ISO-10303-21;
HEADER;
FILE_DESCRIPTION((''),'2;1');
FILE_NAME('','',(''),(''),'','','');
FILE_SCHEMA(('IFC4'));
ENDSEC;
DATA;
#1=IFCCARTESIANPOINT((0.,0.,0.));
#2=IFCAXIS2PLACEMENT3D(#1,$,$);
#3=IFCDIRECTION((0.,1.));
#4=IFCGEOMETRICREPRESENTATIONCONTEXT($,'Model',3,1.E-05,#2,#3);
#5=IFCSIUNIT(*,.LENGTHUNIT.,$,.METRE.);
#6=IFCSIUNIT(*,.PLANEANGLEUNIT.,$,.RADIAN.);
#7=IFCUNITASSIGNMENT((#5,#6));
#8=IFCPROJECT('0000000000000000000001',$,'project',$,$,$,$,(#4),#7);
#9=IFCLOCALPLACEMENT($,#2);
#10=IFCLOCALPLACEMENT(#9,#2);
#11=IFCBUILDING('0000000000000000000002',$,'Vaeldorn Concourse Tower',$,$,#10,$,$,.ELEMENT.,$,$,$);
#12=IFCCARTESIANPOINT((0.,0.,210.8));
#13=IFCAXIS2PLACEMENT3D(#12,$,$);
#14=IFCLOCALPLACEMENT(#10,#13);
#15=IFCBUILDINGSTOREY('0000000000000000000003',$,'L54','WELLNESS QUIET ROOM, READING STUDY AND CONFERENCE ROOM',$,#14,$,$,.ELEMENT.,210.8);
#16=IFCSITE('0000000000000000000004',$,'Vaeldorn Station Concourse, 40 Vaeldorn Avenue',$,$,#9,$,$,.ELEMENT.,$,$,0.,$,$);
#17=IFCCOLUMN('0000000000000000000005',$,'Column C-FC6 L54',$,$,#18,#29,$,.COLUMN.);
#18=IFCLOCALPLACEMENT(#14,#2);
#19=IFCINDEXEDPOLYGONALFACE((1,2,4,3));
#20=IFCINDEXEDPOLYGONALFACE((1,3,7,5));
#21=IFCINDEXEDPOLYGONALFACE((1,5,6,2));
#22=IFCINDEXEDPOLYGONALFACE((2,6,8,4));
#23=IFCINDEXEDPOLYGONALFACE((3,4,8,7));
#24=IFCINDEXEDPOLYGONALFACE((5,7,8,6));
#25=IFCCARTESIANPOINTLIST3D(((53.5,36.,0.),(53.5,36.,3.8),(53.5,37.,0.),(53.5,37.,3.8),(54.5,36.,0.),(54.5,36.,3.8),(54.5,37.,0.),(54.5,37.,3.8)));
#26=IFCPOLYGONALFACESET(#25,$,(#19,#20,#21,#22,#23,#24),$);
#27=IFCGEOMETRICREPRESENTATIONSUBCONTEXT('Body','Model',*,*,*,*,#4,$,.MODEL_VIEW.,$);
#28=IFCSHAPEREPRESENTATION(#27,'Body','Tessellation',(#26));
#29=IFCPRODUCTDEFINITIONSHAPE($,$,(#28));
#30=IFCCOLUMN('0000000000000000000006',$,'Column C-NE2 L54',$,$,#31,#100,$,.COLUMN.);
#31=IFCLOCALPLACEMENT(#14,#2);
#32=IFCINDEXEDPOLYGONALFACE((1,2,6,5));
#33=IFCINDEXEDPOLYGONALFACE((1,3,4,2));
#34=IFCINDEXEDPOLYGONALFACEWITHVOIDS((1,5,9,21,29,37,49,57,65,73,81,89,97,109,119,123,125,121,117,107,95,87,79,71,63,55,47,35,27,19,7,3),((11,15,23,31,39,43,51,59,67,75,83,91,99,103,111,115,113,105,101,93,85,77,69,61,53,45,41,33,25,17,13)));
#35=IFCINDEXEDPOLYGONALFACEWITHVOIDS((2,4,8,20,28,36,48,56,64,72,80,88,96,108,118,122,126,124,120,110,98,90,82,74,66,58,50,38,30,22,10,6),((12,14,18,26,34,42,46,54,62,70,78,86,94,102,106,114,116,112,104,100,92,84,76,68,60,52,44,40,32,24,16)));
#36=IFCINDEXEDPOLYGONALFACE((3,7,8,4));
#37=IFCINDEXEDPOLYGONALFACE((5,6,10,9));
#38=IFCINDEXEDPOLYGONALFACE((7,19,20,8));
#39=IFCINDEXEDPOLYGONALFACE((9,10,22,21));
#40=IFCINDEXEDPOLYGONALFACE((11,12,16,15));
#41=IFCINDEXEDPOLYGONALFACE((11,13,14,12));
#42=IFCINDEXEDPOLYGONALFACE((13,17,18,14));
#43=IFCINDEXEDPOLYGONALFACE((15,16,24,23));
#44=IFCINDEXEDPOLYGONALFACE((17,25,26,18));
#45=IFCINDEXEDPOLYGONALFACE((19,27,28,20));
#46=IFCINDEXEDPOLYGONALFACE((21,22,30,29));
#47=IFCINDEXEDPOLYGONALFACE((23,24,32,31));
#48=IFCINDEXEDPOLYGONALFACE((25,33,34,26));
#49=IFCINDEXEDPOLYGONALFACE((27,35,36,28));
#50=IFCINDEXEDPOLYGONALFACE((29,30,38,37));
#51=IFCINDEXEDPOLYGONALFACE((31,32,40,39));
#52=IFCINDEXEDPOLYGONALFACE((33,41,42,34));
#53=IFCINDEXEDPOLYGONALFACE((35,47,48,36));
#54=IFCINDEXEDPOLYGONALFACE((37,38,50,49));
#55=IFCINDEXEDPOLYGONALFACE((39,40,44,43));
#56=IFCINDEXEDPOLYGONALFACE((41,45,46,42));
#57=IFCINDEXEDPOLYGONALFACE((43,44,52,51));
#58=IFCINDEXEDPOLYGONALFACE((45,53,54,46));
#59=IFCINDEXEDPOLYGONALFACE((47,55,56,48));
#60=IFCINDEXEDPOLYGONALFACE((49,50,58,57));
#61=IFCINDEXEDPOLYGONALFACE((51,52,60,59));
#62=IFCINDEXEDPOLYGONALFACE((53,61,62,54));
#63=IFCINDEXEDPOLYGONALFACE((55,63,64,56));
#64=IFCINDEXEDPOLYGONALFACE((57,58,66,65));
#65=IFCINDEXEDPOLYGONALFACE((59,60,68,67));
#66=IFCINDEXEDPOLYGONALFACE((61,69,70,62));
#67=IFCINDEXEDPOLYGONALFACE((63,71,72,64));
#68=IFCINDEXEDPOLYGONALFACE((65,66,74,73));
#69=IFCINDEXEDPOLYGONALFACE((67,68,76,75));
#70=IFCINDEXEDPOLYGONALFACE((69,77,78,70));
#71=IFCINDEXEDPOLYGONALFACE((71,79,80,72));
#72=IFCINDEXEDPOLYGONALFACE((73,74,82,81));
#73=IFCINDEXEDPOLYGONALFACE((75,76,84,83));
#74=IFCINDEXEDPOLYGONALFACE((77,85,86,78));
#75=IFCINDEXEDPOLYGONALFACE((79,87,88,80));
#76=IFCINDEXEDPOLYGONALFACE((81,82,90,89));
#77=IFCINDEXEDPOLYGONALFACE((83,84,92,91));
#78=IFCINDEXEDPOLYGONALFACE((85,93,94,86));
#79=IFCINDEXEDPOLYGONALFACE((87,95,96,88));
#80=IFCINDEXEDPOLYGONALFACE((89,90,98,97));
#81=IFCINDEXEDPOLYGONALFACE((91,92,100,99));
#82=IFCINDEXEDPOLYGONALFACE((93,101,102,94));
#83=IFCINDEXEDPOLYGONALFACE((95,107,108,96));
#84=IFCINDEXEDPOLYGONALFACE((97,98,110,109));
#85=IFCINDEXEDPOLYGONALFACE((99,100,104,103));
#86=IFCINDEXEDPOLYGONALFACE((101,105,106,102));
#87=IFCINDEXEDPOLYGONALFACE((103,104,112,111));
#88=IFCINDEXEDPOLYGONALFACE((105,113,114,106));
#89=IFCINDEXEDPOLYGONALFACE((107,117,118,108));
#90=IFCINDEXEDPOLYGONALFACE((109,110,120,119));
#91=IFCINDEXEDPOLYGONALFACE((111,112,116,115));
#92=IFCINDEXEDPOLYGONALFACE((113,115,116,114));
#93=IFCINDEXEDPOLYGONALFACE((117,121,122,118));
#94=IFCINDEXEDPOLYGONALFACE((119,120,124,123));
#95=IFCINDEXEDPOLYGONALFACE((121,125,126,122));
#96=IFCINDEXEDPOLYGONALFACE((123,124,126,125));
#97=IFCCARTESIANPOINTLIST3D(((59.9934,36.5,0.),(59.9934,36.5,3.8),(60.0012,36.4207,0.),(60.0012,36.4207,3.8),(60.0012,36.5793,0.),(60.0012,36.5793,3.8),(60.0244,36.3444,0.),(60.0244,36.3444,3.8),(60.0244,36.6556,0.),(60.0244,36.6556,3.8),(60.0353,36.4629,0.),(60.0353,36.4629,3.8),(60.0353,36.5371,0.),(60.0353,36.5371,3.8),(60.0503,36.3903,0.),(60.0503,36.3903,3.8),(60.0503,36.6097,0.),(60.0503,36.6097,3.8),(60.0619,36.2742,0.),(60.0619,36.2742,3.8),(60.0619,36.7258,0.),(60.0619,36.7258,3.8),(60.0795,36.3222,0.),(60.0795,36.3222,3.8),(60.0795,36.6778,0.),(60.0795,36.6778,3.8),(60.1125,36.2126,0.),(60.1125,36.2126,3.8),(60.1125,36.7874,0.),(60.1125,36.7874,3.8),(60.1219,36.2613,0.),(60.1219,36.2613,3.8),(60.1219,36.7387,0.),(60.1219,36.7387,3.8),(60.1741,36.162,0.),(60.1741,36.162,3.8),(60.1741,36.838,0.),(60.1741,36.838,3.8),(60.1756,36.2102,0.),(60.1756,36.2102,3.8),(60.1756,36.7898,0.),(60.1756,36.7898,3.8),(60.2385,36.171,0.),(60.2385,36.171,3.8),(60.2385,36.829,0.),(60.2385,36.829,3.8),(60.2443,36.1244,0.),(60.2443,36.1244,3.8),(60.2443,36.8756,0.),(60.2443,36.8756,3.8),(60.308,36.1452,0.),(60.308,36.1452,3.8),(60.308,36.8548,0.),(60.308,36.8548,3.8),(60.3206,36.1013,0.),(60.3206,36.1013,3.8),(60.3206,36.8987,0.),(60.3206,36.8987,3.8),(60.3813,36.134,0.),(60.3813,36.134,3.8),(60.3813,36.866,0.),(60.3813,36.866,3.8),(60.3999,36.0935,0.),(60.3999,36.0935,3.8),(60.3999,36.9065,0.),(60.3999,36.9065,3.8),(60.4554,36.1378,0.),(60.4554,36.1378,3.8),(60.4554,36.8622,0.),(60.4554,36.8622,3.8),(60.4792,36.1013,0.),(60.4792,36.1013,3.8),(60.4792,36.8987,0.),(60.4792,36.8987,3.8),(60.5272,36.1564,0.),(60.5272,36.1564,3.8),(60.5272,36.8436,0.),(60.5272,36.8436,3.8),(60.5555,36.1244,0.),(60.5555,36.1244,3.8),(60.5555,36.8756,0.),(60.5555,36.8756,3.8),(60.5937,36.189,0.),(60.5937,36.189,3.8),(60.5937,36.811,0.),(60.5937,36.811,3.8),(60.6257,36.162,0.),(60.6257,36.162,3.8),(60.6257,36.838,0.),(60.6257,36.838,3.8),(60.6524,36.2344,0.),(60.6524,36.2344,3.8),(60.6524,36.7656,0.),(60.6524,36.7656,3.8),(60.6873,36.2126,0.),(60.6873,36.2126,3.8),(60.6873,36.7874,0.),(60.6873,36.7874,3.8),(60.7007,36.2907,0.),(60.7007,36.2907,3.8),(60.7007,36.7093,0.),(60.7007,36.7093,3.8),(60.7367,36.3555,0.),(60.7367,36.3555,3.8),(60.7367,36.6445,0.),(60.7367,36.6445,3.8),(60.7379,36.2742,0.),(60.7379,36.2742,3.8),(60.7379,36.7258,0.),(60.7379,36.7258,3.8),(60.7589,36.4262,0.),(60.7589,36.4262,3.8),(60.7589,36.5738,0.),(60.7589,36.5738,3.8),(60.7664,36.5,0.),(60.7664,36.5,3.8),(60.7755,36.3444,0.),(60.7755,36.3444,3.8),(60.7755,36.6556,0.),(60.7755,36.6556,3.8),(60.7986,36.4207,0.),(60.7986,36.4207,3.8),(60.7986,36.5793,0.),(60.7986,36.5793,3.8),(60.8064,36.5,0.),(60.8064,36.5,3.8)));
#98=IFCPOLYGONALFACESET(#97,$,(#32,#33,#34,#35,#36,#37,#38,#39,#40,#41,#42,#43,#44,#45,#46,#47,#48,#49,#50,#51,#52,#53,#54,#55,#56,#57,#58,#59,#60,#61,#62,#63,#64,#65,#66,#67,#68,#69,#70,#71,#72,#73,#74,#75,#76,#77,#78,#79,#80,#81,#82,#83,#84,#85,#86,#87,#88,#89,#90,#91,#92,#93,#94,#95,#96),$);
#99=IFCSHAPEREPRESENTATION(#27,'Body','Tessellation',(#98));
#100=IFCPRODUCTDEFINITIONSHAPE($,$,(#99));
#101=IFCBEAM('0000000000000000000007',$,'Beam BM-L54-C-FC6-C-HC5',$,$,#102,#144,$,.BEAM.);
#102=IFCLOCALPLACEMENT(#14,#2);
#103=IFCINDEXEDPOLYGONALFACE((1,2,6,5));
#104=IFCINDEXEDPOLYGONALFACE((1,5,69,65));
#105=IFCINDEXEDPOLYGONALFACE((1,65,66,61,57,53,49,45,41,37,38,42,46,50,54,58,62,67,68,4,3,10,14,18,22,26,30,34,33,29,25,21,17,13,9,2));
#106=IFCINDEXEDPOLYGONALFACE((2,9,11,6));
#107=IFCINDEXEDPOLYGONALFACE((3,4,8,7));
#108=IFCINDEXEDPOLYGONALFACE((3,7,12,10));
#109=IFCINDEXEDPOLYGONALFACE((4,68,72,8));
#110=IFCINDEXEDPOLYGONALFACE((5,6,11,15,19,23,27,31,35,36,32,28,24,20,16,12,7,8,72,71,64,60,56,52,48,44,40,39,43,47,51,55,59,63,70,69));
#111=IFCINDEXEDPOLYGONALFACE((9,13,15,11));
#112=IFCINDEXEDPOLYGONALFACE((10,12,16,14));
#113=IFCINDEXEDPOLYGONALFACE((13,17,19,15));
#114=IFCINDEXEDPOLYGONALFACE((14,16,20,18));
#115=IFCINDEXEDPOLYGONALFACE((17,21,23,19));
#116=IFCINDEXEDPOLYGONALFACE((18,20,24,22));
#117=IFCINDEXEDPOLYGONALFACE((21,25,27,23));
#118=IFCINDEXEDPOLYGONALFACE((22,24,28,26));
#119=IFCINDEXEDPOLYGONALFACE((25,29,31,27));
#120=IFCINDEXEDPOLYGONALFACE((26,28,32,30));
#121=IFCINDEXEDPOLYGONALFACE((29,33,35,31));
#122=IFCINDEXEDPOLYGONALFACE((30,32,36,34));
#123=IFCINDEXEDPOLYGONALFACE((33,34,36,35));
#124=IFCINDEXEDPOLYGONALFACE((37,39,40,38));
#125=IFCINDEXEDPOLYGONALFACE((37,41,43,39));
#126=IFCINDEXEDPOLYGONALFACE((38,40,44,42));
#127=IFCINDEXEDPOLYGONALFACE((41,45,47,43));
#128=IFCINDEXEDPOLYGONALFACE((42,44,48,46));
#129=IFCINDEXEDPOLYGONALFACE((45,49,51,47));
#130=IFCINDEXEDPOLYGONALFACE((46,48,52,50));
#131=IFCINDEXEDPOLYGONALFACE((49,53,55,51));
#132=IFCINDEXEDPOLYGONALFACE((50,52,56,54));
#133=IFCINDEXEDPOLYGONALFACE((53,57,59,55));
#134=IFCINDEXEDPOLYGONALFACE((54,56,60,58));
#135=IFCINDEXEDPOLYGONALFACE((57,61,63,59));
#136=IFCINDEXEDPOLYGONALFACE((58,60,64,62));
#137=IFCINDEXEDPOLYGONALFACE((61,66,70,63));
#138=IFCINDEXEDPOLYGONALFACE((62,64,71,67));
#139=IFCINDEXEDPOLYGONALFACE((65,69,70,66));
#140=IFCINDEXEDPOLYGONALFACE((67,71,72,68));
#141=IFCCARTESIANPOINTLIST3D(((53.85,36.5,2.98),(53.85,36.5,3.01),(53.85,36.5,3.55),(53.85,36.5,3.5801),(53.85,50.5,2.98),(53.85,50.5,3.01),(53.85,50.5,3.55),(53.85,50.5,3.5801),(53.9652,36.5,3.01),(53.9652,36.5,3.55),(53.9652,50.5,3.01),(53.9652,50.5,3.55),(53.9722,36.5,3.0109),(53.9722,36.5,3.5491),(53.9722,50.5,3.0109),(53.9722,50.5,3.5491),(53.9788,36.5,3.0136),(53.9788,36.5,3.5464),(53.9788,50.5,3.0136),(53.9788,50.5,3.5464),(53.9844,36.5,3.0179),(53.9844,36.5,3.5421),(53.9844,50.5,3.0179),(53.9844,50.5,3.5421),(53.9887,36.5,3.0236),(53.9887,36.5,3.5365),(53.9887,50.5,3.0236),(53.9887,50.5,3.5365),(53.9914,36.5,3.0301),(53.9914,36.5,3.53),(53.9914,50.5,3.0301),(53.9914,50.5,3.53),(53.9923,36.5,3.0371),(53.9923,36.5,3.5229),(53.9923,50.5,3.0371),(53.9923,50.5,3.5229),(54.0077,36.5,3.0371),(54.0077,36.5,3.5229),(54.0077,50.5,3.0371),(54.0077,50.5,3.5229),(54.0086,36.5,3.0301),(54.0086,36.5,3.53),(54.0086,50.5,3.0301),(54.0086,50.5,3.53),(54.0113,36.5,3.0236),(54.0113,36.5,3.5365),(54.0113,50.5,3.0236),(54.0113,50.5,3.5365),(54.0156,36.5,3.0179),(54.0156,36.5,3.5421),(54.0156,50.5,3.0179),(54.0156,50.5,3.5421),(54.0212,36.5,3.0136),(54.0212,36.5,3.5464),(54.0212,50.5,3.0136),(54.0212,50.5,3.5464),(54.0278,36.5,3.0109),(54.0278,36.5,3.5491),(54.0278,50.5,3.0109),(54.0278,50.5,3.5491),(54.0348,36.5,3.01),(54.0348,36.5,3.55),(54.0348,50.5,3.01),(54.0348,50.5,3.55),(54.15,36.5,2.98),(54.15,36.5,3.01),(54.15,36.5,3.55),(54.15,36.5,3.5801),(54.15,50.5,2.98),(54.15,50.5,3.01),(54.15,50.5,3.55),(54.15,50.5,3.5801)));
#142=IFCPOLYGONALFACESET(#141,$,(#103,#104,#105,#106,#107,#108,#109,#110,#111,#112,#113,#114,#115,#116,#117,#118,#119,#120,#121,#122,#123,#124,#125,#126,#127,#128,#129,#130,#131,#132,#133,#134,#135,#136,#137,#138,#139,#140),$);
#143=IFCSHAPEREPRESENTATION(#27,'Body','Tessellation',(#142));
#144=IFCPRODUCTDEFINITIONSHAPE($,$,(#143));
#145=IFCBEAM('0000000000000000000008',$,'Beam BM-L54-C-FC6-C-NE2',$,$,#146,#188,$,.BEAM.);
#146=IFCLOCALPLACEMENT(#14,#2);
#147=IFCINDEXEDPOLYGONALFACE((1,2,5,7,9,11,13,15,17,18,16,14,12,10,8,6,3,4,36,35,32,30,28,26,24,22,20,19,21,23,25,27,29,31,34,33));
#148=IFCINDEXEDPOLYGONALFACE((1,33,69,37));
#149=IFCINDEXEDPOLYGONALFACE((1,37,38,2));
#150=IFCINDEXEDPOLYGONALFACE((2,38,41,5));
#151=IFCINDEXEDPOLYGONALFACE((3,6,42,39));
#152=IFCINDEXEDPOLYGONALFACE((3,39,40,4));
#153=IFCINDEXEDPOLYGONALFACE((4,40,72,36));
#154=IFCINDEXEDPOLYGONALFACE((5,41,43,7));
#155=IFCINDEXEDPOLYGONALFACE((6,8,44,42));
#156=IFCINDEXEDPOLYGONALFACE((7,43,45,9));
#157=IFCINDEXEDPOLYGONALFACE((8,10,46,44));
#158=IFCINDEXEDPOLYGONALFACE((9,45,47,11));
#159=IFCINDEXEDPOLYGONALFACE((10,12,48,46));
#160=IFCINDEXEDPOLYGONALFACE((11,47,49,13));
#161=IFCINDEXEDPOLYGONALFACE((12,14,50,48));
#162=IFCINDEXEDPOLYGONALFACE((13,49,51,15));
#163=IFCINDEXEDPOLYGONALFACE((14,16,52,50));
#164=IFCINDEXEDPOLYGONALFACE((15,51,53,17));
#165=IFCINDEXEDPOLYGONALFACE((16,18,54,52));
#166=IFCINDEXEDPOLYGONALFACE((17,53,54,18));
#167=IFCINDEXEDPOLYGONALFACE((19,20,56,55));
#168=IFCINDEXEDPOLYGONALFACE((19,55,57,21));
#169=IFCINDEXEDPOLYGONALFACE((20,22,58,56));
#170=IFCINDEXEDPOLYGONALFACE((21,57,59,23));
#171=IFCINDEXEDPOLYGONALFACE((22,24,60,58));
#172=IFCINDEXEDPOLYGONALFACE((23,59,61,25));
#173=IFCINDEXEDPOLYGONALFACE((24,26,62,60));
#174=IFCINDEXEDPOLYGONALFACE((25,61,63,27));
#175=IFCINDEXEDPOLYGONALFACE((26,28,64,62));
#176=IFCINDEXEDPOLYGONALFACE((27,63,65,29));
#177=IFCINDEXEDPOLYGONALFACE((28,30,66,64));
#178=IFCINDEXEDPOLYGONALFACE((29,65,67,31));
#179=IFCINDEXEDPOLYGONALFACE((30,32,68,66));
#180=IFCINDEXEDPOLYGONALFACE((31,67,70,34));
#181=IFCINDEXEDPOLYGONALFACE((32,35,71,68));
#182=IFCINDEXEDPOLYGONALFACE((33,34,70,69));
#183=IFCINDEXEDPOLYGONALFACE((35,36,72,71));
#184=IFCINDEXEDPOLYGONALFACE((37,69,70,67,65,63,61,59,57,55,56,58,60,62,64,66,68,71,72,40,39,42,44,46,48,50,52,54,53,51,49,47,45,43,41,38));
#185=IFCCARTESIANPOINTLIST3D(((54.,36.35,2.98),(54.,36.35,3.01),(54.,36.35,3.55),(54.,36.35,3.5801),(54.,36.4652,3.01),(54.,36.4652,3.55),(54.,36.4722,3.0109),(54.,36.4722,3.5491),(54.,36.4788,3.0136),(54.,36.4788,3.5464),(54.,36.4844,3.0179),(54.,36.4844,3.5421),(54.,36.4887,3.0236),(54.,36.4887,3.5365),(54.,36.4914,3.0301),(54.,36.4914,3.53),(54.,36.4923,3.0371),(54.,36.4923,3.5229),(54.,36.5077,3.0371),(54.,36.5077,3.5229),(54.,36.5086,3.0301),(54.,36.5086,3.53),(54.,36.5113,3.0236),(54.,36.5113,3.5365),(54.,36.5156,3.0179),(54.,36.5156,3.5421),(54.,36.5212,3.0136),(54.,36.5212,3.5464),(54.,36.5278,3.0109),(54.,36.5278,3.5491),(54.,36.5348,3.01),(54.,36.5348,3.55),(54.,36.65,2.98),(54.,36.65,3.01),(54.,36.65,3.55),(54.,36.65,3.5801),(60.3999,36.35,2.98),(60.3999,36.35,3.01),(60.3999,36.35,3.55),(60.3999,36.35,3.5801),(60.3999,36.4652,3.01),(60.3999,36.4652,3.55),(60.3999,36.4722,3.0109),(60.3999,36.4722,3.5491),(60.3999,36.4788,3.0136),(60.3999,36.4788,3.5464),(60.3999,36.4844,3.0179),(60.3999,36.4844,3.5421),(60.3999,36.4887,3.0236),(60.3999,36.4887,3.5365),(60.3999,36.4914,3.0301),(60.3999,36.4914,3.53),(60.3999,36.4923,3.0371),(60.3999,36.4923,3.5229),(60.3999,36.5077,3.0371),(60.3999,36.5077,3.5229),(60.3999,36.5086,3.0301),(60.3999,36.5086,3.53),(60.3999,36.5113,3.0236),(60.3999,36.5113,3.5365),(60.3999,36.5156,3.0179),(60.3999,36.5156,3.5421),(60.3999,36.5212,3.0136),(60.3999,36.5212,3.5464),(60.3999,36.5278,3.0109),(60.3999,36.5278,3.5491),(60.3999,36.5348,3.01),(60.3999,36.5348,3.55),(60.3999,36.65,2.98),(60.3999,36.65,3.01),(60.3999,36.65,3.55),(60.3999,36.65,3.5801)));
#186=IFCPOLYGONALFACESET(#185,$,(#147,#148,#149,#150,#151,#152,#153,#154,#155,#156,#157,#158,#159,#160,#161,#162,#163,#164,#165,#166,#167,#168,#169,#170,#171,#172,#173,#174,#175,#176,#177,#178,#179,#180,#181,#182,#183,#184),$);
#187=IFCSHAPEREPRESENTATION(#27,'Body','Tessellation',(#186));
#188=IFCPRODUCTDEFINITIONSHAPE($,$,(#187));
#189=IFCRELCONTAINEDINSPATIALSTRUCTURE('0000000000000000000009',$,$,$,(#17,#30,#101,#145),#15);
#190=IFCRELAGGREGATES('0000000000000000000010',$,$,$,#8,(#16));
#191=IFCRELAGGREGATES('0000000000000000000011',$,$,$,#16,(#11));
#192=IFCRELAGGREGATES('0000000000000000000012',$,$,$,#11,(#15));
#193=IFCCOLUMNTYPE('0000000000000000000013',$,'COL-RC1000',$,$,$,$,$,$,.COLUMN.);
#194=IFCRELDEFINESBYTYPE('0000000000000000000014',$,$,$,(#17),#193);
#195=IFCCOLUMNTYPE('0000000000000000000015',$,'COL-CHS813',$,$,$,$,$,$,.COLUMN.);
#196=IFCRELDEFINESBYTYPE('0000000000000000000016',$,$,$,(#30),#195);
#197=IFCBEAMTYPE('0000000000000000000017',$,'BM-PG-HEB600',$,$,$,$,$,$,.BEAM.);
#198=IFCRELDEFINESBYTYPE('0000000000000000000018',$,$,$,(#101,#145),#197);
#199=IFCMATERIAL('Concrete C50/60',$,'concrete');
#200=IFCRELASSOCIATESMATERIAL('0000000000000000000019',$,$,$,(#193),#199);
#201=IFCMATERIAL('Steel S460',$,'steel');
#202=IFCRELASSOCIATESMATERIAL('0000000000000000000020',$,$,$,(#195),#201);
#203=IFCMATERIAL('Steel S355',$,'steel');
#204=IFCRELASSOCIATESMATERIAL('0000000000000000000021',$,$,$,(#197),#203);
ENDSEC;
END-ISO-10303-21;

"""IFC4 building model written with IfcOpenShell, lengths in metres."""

from ifc_helpers import new_model, si_unit, direction, frame, origin, origin_2d, place, context, subcontext, project, spatial, rectangle, hollow_circle, i_section, extrude, source, transform, mapped, material, material_profile, profile_set, type_object, element, save


model = new_model("IFC4")

# Units and contexts
model_context = context("Model", 3, precision=1e-05, world=origin(), true_north=direction((0.0, 1.0)))
body_context = subcontext(model_context, "Body", "Model", "MODEL_VIEW")
ifc_project = project(units=[si_unit("LENGTHUNIT", "METRE"), si_unit("PLANEANGLEUNIT", "RADIAN")], contexts=[model_context])

# Site, building, storey
site_placement = place(None, origin())
site = spatial("IfcSite", under=ifc_project, at=site_placement, Name="Vaeldorn Station Concourse, 40 Vaeldorn Avenue", CompositionType="ELEMENT", RefElevation=0.0)
building_placement = place(site_placement, origin())
building = spatial("IfcBuilding", under=site, at=building_placement, Name="Vaeldorn Concourse Tower", CompositionType="ELEMENT")
storey_placement = place(building_placement, frame((0.0, 0.0, 210.8)))
storey = spatial("IfcBuildingStorey", under=building, at=storey_placement, Name="L54", Description="WELLNESS QUIET ROOM, READING STUDY AND CONFERENCE ROOM", CompositionType="ELEMENT", Elevation=210.8)

# Columns
ifc_material_1 = material(Name="Concrete C50/60", Category="concrete")
ifc_material_profile_1 = material_profile(ifc_material_1, rectangle(XDim=1.0, YDim=1.0, at=origin_2d()), Name="RC 1000x1000")
ifc_profile_set_1 = profile_set([ifc_material_profile_1], Name="Concrete C50/60")
column_type_1 = type_object("IfcColumnType", Name="COL-RC1000", PredefinedType="COLUMN", material=ifc_profile_set_1)
shared_shape_1 = source(origin(), body_context, "Body", "SweptSolid", [
    extrude(rectangle(XDim=1.0, YDim=1.0, at=origin_2d()), origin(), (0.0, 0.0, 1.0), 3.8),
])
column_1_placement = place(storey_placement, frame((54.0, 36.5, 0.0), z_axis=(0.0, 0.0, 1.0), x_axis=(1.0, 0.0, 0.0)))
element("IfcColumn", 1, at=column_1_placement, inside=storey, type_object=column_type_1, Name="Column C-FC6 L54", PredefinedType="COLUMN", context=body_context, shape_type="MappedRepresentation", body=[
    mapped(shared_shape_1, transform((0.0, 0.0, 0.0), scale=1.0)),
])
ifc_material_2 = material(Name="Steel S460", Category="steel")
ifc_material_profile_2 = material_profile(ifc_material_2, hollow_circle(Radius=0.4065, WallThickness=0.04, at=origin_2d()), Name="CHS 813x40")
ifc_profile_set_2 = profile_set([ifc_material_profile_2], Name="Steel S460")
column_type_2 = type_object("IfcColumnType", Name="COL-CHS813", PredefinedType="COLUMN", material=ifc_profile_set_2)
shared_shape_2 = source(origin(), body_context, "Body", "SweptSolid", [
    extrude(hollow_circle(Radius=0.4065, WallThickness=0.04, at=origin_2d()), origin(), (0.0, 0.0, 1.0), 3.8),
])
column_2_placement = place(storey_placement, frame((60.3999, 36.5, 0.0), z_axis=(0.0, 0.0, 1.0), x_axis=(1.0, 0.0, 0.0)))
element("IfcColumn", 2, at=column_2_placement, inside=storey, type_object=column_type_2, Name="Column C-NE2 L54", PredefinedType="COLUMN", context=body_context, shape_type="MappedRepresentation", body=[
    mapped(shared_shape_2, transform((0.0, 0.0, 0.0), scale=1.0)),
])

# Beams
ifc_material_3 = material(Name="Steel S355", Category="steel")
ifc_material_profile_3 = material_profile(ifc_material_3, i_section(OverallWidth=0.3, OverallDepth=0.6001, WebThickness=0.0154, FlangeThickness=0.03, FilletRadius=0.0271, at=origin_2d()), Name="HEB 600")
ifc_profile_set_3 = profile_set([ifc_material_profile_3], Name="Steel S355")
beam_type_1 = type_object("IfcBeamType", Name="BM-PG-HEB600", PredefinedType="BEAM", material=ifc_profile_set_3)
shared_shape_3 = source(origin(), body_context, "Body", "SweptSolid", [
    extrude(i_section(OverallWidth=0.3, OverallDepth=0.6001, WebThickness=0.0154, FlangeThickness=0.03, FilletRadius=0.0271, at=origin_2d()), origin(), (0.0, 0.0, 1.0), 14.0),
])
beam_1_placement = place(storey_placement, frame((54.0, 36.5, 3.28), z_axis=(0.0, 1.0, 0.0), x_axis=(-1.0, 0.0, 0.0)))
element("IfcBeam", 3, at=beam_1_placement, inside=storey, type_object=beam_type_1, Name="Beam BM-L54-C-FC6-C-HC5", PredefinedType="BEAM", context=body_context, shape_type="MappedRepresentation", body=[
    mapped(shared_shape_3, transform((0.0, 0.0, 0.0), scale=1.0)),
])
shared_shape_4 = source(origin(), body_context, "Body", "SweptSolid", [
    extrude(i_section(OverallWidth=0.3, OverallDepth=0.6001, WebThickness=0.0154, FlangeThickness=0.03, FilletRadius=0.0271, at=origin_2d()), origin(), (0.0, 0.0, 1.0), 6.3999),
])
beam_2_placement = place(storey_placement, frame((54.0, 36.5, 3.28), z_axis=(1.0, 0.0, 0.0), x_axis=(0.0, 1.0, 0.0)))
element("IfcBeam", 4, at=beam_2_placement, inside=storey, type_object=beam_type_1, Name="Beam BM-L54-C-FC6-C-NE2", PredefinedType="BEAM", context=body_context, shape_type="MappedRepresentation", body=[
    mapped(shared_shape_4, transform((0.0, 0.0, 0.0), scale=1.0)),
])

save(model, "model.ifc")
